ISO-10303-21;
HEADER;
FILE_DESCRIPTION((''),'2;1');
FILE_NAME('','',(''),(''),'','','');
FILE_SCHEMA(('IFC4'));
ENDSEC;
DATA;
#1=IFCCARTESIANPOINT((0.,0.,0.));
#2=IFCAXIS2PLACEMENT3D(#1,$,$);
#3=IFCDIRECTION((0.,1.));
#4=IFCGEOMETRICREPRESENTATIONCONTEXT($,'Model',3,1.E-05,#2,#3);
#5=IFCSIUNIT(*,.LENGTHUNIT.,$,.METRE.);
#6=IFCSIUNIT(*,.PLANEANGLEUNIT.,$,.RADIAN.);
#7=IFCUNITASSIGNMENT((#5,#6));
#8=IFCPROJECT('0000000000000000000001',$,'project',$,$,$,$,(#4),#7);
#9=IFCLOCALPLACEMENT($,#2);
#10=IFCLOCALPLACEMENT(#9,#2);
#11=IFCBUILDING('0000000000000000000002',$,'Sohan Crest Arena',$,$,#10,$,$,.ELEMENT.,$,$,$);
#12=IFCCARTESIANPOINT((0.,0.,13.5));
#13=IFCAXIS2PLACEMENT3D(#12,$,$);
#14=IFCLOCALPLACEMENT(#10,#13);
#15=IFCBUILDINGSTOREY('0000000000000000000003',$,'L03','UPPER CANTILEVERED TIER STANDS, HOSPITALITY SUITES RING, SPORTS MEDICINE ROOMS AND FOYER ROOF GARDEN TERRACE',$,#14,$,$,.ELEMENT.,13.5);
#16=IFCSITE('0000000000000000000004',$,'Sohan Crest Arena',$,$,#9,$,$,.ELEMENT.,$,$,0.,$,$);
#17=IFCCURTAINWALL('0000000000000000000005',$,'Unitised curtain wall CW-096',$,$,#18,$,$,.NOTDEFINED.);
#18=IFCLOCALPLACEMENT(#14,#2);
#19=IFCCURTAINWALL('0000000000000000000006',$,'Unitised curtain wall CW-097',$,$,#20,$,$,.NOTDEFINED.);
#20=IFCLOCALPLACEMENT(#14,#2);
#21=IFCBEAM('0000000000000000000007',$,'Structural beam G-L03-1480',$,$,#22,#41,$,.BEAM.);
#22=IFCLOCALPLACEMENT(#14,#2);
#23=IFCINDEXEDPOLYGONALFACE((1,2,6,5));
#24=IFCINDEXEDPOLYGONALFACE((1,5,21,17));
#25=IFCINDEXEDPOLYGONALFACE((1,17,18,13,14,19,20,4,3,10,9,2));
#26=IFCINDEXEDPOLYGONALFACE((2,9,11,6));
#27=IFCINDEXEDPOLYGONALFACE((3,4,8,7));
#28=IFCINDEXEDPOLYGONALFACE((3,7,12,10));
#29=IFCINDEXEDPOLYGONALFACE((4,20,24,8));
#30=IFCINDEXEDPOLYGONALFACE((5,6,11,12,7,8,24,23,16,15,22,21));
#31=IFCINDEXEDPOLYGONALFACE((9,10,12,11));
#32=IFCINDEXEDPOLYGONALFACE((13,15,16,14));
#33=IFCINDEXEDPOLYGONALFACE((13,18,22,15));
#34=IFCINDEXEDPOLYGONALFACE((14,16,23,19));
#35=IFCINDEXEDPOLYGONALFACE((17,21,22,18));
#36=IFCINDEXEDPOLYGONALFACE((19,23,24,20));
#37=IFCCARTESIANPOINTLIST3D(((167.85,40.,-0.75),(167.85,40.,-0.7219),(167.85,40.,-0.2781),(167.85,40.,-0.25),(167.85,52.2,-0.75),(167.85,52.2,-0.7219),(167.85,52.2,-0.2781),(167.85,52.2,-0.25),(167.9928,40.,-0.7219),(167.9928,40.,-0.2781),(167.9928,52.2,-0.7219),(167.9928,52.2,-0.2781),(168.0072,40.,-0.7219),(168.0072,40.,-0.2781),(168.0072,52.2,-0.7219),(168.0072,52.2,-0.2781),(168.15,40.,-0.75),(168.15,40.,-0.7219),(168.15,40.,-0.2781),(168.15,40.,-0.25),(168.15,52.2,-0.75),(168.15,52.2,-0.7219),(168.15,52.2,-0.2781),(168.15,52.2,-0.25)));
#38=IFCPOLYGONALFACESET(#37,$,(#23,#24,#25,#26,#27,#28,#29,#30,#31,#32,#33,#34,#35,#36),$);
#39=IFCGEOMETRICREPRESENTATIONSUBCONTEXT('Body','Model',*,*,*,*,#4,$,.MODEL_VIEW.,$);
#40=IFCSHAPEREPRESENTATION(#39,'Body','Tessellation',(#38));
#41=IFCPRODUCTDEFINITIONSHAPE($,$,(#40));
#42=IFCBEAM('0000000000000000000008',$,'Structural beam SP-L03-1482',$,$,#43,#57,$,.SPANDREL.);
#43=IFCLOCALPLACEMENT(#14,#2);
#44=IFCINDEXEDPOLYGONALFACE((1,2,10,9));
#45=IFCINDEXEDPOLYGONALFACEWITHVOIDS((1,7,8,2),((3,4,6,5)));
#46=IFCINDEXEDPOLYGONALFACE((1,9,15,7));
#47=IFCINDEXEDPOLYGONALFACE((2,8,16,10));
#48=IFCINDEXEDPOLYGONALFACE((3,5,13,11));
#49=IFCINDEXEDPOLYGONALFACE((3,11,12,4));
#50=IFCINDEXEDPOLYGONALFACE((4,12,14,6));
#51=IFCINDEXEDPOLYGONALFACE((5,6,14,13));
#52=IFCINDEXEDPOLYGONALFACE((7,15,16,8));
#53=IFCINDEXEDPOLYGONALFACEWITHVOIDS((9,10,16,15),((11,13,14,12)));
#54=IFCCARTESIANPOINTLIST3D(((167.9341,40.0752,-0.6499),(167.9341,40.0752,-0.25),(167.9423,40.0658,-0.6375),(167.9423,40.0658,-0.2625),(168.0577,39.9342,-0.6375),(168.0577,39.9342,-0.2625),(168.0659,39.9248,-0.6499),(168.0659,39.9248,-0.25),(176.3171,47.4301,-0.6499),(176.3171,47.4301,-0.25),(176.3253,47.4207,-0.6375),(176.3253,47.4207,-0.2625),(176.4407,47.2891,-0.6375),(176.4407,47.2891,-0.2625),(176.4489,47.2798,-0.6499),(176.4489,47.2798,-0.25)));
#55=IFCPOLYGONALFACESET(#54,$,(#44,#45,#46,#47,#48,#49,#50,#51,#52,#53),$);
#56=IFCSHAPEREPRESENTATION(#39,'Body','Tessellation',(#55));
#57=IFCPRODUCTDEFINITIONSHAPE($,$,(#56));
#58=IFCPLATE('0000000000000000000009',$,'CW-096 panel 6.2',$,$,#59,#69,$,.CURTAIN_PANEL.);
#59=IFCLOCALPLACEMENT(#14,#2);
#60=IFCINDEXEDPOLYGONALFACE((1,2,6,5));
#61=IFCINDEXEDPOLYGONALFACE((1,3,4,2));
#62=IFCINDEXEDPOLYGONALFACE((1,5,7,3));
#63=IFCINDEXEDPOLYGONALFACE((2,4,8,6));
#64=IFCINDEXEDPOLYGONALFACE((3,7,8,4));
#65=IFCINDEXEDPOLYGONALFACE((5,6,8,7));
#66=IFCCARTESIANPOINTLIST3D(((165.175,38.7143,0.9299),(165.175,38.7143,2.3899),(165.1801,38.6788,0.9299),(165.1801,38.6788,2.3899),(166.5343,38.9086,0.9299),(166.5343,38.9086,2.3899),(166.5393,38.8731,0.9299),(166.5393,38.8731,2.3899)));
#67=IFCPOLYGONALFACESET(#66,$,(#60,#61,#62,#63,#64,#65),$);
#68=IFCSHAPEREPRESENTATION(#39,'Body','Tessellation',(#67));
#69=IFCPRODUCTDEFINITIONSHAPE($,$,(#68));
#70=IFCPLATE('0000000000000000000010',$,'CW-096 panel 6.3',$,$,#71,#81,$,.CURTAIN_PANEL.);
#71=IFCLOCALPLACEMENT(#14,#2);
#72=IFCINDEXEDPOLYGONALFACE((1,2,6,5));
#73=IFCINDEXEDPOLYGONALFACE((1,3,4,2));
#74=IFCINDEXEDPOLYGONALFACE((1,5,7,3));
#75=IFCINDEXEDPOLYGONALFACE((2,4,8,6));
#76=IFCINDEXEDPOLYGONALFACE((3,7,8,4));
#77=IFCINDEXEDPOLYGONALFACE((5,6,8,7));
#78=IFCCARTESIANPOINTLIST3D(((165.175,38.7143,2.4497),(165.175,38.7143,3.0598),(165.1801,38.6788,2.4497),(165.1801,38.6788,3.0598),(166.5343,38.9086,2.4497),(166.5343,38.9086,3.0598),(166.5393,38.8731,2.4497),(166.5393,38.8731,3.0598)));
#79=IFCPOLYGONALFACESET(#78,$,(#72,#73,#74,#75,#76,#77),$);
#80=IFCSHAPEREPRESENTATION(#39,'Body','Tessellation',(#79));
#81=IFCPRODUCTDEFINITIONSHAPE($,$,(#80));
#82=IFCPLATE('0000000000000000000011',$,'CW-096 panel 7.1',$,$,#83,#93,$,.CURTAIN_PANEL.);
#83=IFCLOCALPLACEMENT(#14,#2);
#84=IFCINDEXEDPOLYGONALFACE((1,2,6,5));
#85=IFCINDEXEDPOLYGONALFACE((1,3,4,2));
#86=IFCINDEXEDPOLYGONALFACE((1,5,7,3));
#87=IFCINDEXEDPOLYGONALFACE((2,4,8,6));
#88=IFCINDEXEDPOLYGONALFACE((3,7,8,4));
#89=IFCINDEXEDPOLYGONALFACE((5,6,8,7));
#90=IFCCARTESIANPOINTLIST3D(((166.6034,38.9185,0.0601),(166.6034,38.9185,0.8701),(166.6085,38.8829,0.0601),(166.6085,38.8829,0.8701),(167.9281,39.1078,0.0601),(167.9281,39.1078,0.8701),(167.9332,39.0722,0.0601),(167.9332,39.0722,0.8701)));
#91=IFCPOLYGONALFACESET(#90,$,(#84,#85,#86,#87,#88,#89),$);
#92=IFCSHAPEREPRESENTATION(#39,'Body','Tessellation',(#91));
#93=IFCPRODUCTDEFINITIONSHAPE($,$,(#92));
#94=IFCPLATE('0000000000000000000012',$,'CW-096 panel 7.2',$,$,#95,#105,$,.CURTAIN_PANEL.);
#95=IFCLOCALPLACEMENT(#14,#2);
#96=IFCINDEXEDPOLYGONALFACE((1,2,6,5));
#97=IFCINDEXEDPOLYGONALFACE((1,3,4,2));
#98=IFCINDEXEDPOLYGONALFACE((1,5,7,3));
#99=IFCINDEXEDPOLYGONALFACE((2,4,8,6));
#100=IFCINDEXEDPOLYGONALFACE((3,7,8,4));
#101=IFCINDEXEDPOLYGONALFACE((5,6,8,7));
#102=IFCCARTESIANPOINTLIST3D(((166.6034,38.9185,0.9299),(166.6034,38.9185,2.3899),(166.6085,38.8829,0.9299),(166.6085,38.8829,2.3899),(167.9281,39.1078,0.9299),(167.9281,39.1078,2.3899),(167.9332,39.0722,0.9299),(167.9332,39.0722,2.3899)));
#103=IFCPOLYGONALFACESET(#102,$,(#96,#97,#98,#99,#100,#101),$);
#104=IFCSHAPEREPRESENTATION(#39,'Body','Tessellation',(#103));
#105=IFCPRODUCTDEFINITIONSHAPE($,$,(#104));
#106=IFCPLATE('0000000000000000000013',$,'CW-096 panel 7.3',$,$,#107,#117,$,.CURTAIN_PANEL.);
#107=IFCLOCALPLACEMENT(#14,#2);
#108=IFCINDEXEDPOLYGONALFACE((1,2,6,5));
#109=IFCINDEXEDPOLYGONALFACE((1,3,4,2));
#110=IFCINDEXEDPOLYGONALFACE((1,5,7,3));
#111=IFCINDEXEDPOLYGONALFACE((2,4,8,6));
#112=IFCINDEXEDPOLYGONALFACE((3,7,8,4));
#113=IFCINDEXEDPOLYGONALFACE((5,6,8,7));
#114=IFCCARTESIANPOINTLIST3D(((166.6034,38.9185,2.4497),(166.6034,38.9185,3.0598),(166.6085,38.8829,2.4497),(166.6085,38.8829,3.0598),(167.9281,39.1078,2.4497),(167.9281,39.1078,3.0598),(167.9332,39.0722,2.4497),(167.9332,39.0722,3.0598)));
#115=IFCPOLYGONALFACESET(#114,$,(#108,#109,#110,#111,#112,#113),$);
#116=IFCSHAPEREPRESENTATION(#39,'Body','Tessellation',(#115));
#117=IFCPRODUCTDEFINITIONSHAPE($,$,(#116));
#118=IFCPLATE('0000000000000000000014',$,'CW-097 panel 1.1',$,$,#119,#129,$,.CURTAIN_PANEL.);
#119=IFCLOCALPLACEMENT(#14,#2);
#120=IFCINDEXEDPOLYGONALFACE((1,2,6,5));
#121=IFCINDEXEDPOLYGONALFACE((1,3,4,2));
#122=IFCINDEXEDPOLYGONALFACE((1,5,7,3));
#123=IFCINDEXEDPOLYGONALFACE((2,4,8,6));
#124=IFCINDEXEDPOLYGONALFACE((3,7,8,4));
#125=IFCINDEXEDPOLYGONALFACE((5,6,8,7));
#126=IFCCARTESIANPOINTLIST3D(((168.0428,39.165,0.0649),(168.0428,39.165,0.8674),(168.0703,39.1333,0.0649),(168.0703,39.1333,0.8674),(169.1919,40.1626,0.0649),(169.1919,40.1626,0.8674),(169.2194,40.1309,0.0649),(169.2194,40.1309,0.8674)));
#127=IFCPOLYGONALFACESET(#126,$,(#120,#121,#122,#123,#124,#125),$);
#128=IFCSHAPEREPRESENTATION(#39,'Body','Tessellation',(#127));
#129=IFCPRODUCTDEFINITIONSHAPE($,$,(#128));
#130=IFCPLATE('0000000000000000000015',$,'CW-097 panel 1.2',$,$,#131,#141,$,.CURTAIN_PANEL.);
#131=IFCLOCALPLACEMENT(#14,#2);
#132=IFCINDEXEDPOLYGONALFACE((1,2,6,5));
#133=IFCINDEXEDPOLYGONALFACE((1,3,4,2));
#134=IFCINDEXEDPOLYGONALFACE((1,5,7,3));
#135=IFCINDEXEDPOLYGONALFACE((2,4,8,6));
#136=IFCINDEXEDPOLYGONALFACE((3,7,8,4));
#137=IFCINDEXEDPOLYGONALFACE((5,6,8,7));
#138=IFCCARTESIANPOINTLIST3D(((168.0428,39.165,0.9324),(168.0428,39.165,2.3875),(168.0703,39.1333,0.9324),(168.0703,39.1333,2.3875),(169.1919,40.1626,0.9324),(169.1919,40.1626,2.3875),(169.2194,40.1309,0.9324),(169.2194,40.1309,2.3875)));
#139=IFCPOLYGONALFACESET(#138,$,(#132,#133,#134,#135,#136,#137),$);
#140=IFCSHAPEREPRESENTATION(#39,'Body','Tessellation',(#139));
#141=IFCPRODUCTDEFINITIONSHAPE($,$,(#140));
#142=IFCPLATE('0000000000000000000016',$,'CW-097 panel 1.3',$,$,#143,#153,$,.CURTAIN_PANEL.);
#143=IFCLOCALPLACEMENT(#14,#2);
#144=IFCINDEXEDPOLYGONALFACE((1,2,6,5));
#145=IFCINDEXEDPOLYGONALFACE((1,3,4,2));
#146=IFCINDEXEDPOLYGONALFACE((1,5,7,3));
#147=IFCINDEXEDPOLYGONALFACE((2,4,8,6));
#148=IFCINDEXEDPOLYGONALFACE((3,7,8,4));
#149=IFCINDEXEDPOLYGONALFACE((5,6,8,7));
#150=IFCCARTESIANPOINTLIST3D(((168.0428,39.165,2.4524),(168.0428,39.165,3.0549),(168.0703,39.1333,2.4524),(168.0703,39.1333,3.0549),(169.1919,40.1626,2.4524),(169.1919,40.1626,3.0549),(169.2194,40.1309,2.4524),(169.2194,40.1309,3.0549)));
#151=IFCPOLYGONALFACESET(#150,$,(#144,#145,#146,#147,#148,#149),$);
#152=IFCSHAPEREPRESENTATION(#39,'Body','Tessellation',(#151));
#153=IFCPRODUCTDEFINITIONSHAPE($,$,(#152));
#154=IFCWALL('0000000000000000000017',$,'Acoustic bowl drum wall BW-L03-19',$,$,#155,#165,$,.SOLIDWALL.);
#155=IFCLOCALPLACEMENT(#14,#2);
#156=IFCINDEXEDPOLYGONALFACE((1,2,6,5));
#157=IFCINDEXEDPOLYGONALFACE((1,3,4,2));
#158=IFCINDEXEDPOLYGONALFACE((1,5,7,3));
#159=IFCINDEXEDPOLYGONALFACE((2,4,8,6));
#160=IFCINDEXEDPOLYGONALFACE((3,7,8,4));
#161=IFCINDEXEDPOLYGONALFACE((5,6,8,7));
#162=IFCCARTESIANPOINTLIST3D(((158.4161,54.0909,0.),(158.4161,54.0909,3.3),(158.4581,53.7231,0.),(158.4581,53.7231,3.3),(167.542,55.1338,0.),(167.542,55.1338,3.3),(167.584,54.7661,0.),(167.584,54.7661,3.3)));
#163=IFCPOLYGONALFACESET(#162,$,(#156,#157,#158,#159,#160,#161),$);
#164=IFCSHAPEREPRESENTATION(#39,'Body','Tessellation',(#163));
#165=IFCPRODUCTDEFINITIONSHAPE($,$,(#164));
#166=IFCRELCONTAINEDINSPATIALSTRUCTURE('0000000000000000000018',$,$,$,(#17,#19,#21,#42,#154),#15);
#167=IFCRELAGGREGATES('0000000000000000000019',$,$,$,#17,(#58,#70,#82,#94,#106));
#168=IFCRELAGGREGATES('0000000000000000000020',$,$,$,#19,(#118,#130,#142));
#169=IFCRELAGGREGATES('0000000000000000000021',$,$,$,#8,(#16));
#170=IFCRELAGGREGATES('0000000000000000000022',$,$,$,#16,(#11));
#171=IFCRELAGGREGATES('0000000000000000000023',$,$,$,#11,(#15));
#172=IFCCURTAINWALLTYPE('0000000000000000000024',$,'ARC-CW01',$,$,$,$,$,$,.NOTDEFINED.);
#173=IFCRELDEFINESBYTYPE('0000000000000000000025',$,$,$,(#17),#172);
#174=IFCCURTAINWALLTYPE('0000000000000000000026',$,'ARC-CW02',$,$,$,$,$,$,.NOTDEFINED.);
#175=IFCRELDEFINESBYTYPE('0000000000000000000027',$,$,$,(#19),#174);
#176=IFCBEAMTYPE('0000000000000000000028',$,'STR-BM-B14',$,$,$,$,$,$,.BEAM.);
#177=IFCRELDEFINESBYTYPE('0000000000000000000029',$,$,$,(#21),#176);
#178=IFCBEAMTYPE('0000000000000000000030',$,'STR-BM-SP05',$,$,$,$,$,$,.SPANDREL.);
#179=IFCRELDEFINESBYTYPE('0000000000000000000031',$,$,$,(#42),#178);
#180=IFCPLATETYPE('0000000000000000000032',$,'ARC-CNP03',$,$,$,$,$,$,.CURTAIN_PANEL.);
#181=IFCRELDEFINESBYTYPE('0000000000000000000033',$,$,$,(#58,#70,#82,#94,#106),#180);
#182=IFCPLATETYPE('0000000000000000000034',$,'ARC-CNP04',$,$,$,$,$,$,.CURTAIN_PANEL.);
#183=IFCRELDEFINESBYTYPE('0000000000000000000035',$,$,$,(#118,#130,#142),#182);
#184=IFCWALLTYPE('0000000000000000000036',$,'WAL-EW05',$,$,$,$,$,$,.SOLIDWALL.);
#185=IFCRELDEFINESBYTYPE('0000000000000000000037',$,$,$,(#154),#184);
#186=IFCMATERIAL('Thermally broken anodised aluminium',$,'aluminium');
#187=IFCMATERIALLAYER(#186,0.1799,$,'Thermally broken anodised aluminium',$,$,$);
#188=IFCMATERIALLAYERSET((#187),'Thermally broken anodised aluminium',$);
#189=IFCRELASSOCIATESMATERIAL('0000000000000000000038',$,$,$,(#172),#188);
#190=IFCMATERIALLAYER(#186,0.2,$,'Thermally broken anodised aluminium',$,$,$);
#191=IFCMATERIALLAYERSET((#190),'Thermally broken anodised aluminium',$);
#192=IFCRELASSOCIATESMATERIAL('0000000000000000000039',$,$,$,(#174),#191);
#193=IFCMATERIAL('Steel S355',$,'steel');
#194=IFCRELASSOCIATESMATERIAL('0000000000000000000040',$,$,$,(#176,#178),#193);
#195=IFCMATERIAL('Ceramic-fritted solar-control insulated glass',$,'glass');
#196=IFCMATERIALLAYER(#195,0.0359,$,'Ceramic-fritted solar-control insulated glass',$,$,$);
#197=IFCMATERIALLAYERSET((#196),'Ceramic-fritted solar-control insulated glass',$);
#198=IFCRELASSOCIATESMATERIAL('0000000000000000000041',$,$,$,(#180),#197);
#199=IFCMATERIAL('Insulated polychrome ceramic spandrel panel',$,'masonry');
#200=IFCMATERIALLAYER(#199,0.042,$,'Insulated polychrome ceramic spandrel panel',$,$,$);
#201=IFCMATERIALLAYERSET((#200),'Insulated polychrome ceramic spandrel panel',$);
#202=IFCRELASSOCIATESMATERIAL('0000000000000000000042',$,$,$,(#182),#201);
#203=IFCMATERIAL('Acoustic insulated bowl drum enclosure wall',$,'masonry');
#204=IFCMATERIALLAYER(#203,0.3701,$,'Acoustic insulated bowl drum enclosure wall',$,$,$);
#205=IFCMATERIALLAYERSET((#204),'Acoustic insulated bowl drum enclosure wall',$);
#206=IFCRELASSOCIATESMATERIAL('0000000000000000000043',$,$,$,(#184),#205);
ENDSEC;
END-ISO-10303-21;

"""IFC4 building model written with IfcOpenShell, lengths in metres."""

from ifc_helpers import new_model, si_unit, direction, frame, frame_2d, origin, origin_2d, place, context, subcontext, project, spatial, rectangle, hollow_rectangle, i_section, extrude, material, layer, layer_set, material_profile, profile_set, type_object, element, aggregate, save


model = new_model("IFC4")

# Units and contexts
model_context = context("Model", 3, precision=1e-05, world=origin(), true_north=direction((0.0, 1.0)))
body_context = subcontext(model_context, "Body", "Model", "MODEL_VIEW")
ifc_project = project(units=[si_unit("LENGTHUNIT", "METRE"), si_unit("PLANEANGLEUNIT", "RADIAN")], contexts=[model_context])

# Site, building, storey
site_placement = place(None, origin())
site = spatial("IfcSite", under=ifc_project, at=site_placement, Name="Sohan Crest Arena", CompositionType="ELEMENT", RefElevation=0.0)
building_placement = place(site_placement, origin())
building = spatial("IfcBuilding", under=site, at=building_placement, Name="Sohan Crest Arena", CompositionType="ELEMENT")
storey_placement = place(building_placement, frame((0.0, 0.0, 13.5)))
storey = spatial("IfcBuildingStorey", under=building, at=storey_placement, Name="L03", Description="UPPER CANTILEVERED TIER STANDS, HOSPITALITY SUITES RING, SPORTS MEDICINE ROOMS AND FOYER ROOF GARDEN TERRACE", CompositionType="ELEMENT", Elevation=13.5)

# Shared definitions
ifc_material_1 = material(Name="Steel S355", Category="steel")

# Curtain walls
ifc_material_2 = material(Name="Thermally broken anodised aluminium", Category="aluminium")
ifc_layer_1 = layer(ifc_material_2, 0.1799, Name="Thermally broken anodised aluminium")
ifc_layer_set_1 = layer_set([ifc_layer_1], Name="Thermally broken anodised aluminium")
curtain_wall_type_1 = type_object("IfcCurtainWallType", Name="ARC-CW01", PredefinedType="NOTDEFINED", material=ifc_layer_set_1)
curtain_wall_1_placement = place(storey_placement, origin())
curtain_wall_1 = element("IfcCurtainWall", 1, at=curtain_wall_1_placement, inside=storey, type_object=curtain_wall_type_1, Name="Unitised curtain wall CW-096", PredefinedType="NOTDEFINED")
ifc_layer_2 = layer(ifc_material_2, 0.2, Name="Thermally broken anodised aluminium")
ifc_layer_set_2 = layer_set([ifc_layer_2], Name="Thermally broken anodised aluminium")
curtain_wall_type_2 = type_object("IfcCurtainWallType", Name="ARC-CW02", PredefinedType="NOTDEFINED", material=ifc_layer_set_2)
curtain_wall_2_placement = place(storey_placement, origin())
curtain_wall_2 = element("IfcCurtainWall", 2, at=curtain_wall_2_placement, inside=storey, type_object=curtain_wall_type_2, Name="Unitised curtain wall CW-097", PredefinedType="NOTDEFINED")

# Beams
ifc_material_profile_1 = material_profile(ifc_material_1, i_section(OverallWidth=0.3, OverallDepth=0.5, WebThickness=0.0144, FlangeThickness=0.0281, at=origin_2d()), Name="HEB 500")
ifc_profile_set_1 = profile_set([ifc_material_profile_1], Name="Steel S355")
beam_type_1 = type_object("IfcBeamType", Name="STR-BM-B14", PredefinedType="BEAM", material=ifc_profile_set_1)
beam_1_placement = place(storey_placement, frame((168.0, 52.2, -0.5), z_axis=(0.0, -1.0, 0.0), x_axis=(1.0, 0.0, 0.0)))
element("IfcBeam", 3, at=beam_1_placement, inside=storey, type_object=beam_type_1, Name="Structural beam G-L03-1480", PredefinedType="BEAM", context=body_context, shape_type="SweptSolid", body=[
    extrude(i_section(OverallWidth=0.3, OverallDepth=0.5, WebThickness=0.0144, FlangeThickness=0.0281, at=origin_2d()), origin(), (0.0, 0.0, 1.0), 12.2),
])
ifc_material_profile_2 = material_profile(ifc_material_1, hollow_rectangle(XDim=0.2, YDim=0.3999, WallThickness=0.0125, at=origin_2d()), Name="RHS 400x200x12.5")
ifc_profile_set_2 = profile_set([ifc_material_profile_2], Name="Steel S355")
beam_type_2 = type_object("IfcBeamType", Name="STR-BM-SP05", PredefinedType="SPANDREL", material=ifc_profile_set_2)
beam_2_placement = place(storey_placement, frame((168.0, 40.0, -0.45), z_axis=(0.751696, 0.65951, 0.0), x_axis=(-0.65951, 0.751696, 0.0)))
element("IfcBeam", 4, at=beam_2_placement, inside=storey, type_object=beam_type_2, Name="Structural beam SP-L03-1482", PredefinedType="SPANDREL", context=body_context, shape_type="SweptSolid", body=[
    extrude(hollow_rectangle(XDim=0.2, YDim=0.3999, WallThickness=0.0125, at=origin_2d()), origin(), (0.0, 0.0, 1.0), 11.1521),
])

# Plates
ifc_material_3 = material(Name="Ceramic-fritted solar-control insulated glass", Category="glass")
ifc_layer_3 = layer(ifc_material_3, 0.0359, Name="Ceramic-fritted solar-control insulated glass")
ifc_layer_set_3 = layer_set([ifc_layer_3], Name="Ceramic-fritted solar-control insulated glass")
plate_type_1 = type_object("IfcPlateType", Name="ARC-CNP03", PredefinedType="CURTAIN_PANEL", material=ifc_layer_set_3)
plate_1_placement = place(storey_placement, frame((165.8572, 38.7937, 0.9299), z_axis=(0.0, 0.0, 1.0), x_axis=(0.989944, 0.141463, 0.0)))
plate_1 = element("IfcPlate", 5, at=plate_1_placement, type_object=plate_type_1, Name="CW-096 panel 6.2", PredefinedType="CURTAIN_PANEL", context=body_context, shape_type="SweptSolid", body=[
    extrude(rectangle(XDim=1.373, YDim=0.0359, at=origin_2d()), origin(), (0.0, 0.0, 1.0), 1.46),
])
plate_2_placement = place(storey_placement, frame((165.8572, 38.7937, 2.4497), z_axis=(0.0, 0.0, 1.0), x_axis=(0.989944, 0.141463, 0.0)))
plate_2 = element("IfcPlate", 6, at=plate_2_placement, type_object=plate_type_1, Name="CW-096 panel 6.3", PredefinedType="CURTAIN_PANEL", context=body_context, shape_type="SweptSolid", body=[
    extrude(rectangle(XDim=1.373, YDim=0.0359, at=origin_2d()), origin(), (0.0, 0.0, 1.0), 0.6101),
])
plate_3_placement = place(storey_placement, frame((167.2683, 38.9954, 0.0601), z_axis=(0.0, 0.0, 1.0), x_axis=(0.989944, 0.141463, 0.0)))
plate_3 = element("IfcPlate", 7, at=plate_3_placement, type_object=plate_type_1, Name="CW-096 panel 7.1", PredefinedType="CURTAIN_PANEL", context=body_context, shape_type="SweptSolid", body=[
    extrude(rectangle(XDim=1.3381, YDim=0.0359, at=origin_2d()), origin(), (0.0, 0.0, 1.0), 0.8101),
])
plate_4_placement = place(storey_placement, frame((167.2683, 38.9954, 0.9299), z_axis=(0.0, 0.0, 1.0), x_axis=(0.989944, 0.141463, 0.0)))
plate_4 = element("IfcPlate", 8, at=plate_4_placement, type_object=plate_type_1, Name="CW-096 panel 7.2", PredefinedType="CURTAIN_PANEL", context=body_context, shape_type="SweptSolid", body=[
    extrude(rectangle(XDim=1.3381, YDim=0.0359, at=origin_2d()), origin(), (0.0, 0.0, 1.0), 1.46),
])
plate_5_placement = place(storey_placement, frame((167.2683, 38.9954, 2.4497), z_axis=(0.0, 0.0, 1.0), x_axis=(0.989944, 0.141463, 0.0)))
plate_5 = element("IfcPlate", 9, at=plate_5_placement, type_object=plate_type_1, Name="CW-096 panel 7.3", PredefinedType="CURTAIN_PANEL", context=body_context, shape_type="SweptSolid", body=[
    extrude(rectangle(XDim=1.3381, YDim=0.0359, at=origin_2d()), origin(), (0.0, 0.0, 1.0), 0.6101),
])
aggregate(curtain_wall_1, [plate_1, plate_2, plate_3, plate_4, plate_5])
ifc_material_4 = material(Name="Insulated polychrome ceramic spandrel panel", Category="masonry")
ifc_layer_4 = layer(ifc_material_4, 0.042, Name="Insulated polychrome ceramic spandrel panel")
ifc_layer_set_4 = layer_set([ifc_layer_4], Name="Insulated polychrome ceramic spandrel panel")
plate_type_2 = type_object("IfcPlateType", Name="ARC-CNP04", PredefinedType="CURTAIN_PANEL", material=ifc_layer_set_4)
plate_6_placement = place(storey_placement, frame((168.6311, 39.6479, 0.0649), z_axis=(0.0, 0.0, 1.0), x_axis=(0.755095, 0.655616, 0.0)))
plate_6 = element("IfcPlate", 10, at=plate_6_placement, type_object=plate_type_2, Name="CW-097 panel 1.1", PredefinedType="CURTAIN_PANEL", context=body_context, shape_type="SweptSolid", body=[
    extrude(rectangle(XDim=1.5217, YDim=0.042, at=origin_2d()), origin(), (0.0, 0.0, 1.0), 0.8025),
])
plate_7_placement = place(storey_placement, frame((168.6311, 39.6479, 0.9324), z_axis=(0.0, 0.0, 1.0), x_axis=(0.755095, 0.655616, 0.0)))
plate_7 = element("IfcPlate", 11, at=plate_7_placement, type_object=plate_type_2, Name="CW-097 panel 1.2", PredefinedType="CURTAIN_PANEL", context=body_context, shape_type="SweptSolid", body=[
    extrude(rectangle(XDim=1.5217, YDim=0.042, at=origin_2d()), origin(), (0.0, 0.0, 1.0), 1.4551),
])
plate_8_placement = place(storey_placement, frame((168.6311, 39.6479, 2.4524), z_axis=(0.0, 0.0, 1.0), x_axis=(0.755095, 0.655616, 0.0)))
plate_8 = element("IfcPlate", 12, at=plate_8_placement, type_object=plate_type_2, Name="CW-097 panel 1.3", PredefinedType="CURTAIN_PANEL", context=body_context, shape_type="SweptSolid", body=[
    extrude(rectangle(XDim=1.5217, YDim=0.042, at=origin_2d()), origin(), (0.0, 0.0, 1.0), 0.6025),
])
aggregate(curtain_wall_2, [plate_6, plate_7, plate_8])

# Wall
ifc_material_5 = material(Name="Acoustic insulated bowl drum enclosure wall", Category="masonry")
ifc_layer_5 = layer(ifc_material_5, 0.3701, Name="Acoustic insulated bowl drum enclosure wall")
ifc_layer_set_5 = layer_set([ifc_layer_5], Name="Acoustic insulated bowl drum enclosure wall")
wall_type = type_object("IfcWallType", Name="WAL-EW05", PredefinedType="SOLIDWALL", material=ifc_layer_set_5)
wall_placement = place(storey_placement, frame((158.437, 53.907, 0.0), z_axis=(0.0, 0.0, 1.0), x_axis=(0.993533, 0.113547, 0.0)))
element("IfcWall", 13, at=wall_placement, inside=storey, type_object=wall_type, Name="Acoustic bowl drum wall BW-L03-19", PredefinedType="SOLIDWALL", context=body_context, shape_type="SweptSolid", body=[
    extrude(rectangle(XDim=9.1853, YDim=0.3701, at=frame_2d((4.5928, 0.0))), origin(), (0.0, 0.0, 1.0), 3.3),
])

save(model, "model.ifc")
